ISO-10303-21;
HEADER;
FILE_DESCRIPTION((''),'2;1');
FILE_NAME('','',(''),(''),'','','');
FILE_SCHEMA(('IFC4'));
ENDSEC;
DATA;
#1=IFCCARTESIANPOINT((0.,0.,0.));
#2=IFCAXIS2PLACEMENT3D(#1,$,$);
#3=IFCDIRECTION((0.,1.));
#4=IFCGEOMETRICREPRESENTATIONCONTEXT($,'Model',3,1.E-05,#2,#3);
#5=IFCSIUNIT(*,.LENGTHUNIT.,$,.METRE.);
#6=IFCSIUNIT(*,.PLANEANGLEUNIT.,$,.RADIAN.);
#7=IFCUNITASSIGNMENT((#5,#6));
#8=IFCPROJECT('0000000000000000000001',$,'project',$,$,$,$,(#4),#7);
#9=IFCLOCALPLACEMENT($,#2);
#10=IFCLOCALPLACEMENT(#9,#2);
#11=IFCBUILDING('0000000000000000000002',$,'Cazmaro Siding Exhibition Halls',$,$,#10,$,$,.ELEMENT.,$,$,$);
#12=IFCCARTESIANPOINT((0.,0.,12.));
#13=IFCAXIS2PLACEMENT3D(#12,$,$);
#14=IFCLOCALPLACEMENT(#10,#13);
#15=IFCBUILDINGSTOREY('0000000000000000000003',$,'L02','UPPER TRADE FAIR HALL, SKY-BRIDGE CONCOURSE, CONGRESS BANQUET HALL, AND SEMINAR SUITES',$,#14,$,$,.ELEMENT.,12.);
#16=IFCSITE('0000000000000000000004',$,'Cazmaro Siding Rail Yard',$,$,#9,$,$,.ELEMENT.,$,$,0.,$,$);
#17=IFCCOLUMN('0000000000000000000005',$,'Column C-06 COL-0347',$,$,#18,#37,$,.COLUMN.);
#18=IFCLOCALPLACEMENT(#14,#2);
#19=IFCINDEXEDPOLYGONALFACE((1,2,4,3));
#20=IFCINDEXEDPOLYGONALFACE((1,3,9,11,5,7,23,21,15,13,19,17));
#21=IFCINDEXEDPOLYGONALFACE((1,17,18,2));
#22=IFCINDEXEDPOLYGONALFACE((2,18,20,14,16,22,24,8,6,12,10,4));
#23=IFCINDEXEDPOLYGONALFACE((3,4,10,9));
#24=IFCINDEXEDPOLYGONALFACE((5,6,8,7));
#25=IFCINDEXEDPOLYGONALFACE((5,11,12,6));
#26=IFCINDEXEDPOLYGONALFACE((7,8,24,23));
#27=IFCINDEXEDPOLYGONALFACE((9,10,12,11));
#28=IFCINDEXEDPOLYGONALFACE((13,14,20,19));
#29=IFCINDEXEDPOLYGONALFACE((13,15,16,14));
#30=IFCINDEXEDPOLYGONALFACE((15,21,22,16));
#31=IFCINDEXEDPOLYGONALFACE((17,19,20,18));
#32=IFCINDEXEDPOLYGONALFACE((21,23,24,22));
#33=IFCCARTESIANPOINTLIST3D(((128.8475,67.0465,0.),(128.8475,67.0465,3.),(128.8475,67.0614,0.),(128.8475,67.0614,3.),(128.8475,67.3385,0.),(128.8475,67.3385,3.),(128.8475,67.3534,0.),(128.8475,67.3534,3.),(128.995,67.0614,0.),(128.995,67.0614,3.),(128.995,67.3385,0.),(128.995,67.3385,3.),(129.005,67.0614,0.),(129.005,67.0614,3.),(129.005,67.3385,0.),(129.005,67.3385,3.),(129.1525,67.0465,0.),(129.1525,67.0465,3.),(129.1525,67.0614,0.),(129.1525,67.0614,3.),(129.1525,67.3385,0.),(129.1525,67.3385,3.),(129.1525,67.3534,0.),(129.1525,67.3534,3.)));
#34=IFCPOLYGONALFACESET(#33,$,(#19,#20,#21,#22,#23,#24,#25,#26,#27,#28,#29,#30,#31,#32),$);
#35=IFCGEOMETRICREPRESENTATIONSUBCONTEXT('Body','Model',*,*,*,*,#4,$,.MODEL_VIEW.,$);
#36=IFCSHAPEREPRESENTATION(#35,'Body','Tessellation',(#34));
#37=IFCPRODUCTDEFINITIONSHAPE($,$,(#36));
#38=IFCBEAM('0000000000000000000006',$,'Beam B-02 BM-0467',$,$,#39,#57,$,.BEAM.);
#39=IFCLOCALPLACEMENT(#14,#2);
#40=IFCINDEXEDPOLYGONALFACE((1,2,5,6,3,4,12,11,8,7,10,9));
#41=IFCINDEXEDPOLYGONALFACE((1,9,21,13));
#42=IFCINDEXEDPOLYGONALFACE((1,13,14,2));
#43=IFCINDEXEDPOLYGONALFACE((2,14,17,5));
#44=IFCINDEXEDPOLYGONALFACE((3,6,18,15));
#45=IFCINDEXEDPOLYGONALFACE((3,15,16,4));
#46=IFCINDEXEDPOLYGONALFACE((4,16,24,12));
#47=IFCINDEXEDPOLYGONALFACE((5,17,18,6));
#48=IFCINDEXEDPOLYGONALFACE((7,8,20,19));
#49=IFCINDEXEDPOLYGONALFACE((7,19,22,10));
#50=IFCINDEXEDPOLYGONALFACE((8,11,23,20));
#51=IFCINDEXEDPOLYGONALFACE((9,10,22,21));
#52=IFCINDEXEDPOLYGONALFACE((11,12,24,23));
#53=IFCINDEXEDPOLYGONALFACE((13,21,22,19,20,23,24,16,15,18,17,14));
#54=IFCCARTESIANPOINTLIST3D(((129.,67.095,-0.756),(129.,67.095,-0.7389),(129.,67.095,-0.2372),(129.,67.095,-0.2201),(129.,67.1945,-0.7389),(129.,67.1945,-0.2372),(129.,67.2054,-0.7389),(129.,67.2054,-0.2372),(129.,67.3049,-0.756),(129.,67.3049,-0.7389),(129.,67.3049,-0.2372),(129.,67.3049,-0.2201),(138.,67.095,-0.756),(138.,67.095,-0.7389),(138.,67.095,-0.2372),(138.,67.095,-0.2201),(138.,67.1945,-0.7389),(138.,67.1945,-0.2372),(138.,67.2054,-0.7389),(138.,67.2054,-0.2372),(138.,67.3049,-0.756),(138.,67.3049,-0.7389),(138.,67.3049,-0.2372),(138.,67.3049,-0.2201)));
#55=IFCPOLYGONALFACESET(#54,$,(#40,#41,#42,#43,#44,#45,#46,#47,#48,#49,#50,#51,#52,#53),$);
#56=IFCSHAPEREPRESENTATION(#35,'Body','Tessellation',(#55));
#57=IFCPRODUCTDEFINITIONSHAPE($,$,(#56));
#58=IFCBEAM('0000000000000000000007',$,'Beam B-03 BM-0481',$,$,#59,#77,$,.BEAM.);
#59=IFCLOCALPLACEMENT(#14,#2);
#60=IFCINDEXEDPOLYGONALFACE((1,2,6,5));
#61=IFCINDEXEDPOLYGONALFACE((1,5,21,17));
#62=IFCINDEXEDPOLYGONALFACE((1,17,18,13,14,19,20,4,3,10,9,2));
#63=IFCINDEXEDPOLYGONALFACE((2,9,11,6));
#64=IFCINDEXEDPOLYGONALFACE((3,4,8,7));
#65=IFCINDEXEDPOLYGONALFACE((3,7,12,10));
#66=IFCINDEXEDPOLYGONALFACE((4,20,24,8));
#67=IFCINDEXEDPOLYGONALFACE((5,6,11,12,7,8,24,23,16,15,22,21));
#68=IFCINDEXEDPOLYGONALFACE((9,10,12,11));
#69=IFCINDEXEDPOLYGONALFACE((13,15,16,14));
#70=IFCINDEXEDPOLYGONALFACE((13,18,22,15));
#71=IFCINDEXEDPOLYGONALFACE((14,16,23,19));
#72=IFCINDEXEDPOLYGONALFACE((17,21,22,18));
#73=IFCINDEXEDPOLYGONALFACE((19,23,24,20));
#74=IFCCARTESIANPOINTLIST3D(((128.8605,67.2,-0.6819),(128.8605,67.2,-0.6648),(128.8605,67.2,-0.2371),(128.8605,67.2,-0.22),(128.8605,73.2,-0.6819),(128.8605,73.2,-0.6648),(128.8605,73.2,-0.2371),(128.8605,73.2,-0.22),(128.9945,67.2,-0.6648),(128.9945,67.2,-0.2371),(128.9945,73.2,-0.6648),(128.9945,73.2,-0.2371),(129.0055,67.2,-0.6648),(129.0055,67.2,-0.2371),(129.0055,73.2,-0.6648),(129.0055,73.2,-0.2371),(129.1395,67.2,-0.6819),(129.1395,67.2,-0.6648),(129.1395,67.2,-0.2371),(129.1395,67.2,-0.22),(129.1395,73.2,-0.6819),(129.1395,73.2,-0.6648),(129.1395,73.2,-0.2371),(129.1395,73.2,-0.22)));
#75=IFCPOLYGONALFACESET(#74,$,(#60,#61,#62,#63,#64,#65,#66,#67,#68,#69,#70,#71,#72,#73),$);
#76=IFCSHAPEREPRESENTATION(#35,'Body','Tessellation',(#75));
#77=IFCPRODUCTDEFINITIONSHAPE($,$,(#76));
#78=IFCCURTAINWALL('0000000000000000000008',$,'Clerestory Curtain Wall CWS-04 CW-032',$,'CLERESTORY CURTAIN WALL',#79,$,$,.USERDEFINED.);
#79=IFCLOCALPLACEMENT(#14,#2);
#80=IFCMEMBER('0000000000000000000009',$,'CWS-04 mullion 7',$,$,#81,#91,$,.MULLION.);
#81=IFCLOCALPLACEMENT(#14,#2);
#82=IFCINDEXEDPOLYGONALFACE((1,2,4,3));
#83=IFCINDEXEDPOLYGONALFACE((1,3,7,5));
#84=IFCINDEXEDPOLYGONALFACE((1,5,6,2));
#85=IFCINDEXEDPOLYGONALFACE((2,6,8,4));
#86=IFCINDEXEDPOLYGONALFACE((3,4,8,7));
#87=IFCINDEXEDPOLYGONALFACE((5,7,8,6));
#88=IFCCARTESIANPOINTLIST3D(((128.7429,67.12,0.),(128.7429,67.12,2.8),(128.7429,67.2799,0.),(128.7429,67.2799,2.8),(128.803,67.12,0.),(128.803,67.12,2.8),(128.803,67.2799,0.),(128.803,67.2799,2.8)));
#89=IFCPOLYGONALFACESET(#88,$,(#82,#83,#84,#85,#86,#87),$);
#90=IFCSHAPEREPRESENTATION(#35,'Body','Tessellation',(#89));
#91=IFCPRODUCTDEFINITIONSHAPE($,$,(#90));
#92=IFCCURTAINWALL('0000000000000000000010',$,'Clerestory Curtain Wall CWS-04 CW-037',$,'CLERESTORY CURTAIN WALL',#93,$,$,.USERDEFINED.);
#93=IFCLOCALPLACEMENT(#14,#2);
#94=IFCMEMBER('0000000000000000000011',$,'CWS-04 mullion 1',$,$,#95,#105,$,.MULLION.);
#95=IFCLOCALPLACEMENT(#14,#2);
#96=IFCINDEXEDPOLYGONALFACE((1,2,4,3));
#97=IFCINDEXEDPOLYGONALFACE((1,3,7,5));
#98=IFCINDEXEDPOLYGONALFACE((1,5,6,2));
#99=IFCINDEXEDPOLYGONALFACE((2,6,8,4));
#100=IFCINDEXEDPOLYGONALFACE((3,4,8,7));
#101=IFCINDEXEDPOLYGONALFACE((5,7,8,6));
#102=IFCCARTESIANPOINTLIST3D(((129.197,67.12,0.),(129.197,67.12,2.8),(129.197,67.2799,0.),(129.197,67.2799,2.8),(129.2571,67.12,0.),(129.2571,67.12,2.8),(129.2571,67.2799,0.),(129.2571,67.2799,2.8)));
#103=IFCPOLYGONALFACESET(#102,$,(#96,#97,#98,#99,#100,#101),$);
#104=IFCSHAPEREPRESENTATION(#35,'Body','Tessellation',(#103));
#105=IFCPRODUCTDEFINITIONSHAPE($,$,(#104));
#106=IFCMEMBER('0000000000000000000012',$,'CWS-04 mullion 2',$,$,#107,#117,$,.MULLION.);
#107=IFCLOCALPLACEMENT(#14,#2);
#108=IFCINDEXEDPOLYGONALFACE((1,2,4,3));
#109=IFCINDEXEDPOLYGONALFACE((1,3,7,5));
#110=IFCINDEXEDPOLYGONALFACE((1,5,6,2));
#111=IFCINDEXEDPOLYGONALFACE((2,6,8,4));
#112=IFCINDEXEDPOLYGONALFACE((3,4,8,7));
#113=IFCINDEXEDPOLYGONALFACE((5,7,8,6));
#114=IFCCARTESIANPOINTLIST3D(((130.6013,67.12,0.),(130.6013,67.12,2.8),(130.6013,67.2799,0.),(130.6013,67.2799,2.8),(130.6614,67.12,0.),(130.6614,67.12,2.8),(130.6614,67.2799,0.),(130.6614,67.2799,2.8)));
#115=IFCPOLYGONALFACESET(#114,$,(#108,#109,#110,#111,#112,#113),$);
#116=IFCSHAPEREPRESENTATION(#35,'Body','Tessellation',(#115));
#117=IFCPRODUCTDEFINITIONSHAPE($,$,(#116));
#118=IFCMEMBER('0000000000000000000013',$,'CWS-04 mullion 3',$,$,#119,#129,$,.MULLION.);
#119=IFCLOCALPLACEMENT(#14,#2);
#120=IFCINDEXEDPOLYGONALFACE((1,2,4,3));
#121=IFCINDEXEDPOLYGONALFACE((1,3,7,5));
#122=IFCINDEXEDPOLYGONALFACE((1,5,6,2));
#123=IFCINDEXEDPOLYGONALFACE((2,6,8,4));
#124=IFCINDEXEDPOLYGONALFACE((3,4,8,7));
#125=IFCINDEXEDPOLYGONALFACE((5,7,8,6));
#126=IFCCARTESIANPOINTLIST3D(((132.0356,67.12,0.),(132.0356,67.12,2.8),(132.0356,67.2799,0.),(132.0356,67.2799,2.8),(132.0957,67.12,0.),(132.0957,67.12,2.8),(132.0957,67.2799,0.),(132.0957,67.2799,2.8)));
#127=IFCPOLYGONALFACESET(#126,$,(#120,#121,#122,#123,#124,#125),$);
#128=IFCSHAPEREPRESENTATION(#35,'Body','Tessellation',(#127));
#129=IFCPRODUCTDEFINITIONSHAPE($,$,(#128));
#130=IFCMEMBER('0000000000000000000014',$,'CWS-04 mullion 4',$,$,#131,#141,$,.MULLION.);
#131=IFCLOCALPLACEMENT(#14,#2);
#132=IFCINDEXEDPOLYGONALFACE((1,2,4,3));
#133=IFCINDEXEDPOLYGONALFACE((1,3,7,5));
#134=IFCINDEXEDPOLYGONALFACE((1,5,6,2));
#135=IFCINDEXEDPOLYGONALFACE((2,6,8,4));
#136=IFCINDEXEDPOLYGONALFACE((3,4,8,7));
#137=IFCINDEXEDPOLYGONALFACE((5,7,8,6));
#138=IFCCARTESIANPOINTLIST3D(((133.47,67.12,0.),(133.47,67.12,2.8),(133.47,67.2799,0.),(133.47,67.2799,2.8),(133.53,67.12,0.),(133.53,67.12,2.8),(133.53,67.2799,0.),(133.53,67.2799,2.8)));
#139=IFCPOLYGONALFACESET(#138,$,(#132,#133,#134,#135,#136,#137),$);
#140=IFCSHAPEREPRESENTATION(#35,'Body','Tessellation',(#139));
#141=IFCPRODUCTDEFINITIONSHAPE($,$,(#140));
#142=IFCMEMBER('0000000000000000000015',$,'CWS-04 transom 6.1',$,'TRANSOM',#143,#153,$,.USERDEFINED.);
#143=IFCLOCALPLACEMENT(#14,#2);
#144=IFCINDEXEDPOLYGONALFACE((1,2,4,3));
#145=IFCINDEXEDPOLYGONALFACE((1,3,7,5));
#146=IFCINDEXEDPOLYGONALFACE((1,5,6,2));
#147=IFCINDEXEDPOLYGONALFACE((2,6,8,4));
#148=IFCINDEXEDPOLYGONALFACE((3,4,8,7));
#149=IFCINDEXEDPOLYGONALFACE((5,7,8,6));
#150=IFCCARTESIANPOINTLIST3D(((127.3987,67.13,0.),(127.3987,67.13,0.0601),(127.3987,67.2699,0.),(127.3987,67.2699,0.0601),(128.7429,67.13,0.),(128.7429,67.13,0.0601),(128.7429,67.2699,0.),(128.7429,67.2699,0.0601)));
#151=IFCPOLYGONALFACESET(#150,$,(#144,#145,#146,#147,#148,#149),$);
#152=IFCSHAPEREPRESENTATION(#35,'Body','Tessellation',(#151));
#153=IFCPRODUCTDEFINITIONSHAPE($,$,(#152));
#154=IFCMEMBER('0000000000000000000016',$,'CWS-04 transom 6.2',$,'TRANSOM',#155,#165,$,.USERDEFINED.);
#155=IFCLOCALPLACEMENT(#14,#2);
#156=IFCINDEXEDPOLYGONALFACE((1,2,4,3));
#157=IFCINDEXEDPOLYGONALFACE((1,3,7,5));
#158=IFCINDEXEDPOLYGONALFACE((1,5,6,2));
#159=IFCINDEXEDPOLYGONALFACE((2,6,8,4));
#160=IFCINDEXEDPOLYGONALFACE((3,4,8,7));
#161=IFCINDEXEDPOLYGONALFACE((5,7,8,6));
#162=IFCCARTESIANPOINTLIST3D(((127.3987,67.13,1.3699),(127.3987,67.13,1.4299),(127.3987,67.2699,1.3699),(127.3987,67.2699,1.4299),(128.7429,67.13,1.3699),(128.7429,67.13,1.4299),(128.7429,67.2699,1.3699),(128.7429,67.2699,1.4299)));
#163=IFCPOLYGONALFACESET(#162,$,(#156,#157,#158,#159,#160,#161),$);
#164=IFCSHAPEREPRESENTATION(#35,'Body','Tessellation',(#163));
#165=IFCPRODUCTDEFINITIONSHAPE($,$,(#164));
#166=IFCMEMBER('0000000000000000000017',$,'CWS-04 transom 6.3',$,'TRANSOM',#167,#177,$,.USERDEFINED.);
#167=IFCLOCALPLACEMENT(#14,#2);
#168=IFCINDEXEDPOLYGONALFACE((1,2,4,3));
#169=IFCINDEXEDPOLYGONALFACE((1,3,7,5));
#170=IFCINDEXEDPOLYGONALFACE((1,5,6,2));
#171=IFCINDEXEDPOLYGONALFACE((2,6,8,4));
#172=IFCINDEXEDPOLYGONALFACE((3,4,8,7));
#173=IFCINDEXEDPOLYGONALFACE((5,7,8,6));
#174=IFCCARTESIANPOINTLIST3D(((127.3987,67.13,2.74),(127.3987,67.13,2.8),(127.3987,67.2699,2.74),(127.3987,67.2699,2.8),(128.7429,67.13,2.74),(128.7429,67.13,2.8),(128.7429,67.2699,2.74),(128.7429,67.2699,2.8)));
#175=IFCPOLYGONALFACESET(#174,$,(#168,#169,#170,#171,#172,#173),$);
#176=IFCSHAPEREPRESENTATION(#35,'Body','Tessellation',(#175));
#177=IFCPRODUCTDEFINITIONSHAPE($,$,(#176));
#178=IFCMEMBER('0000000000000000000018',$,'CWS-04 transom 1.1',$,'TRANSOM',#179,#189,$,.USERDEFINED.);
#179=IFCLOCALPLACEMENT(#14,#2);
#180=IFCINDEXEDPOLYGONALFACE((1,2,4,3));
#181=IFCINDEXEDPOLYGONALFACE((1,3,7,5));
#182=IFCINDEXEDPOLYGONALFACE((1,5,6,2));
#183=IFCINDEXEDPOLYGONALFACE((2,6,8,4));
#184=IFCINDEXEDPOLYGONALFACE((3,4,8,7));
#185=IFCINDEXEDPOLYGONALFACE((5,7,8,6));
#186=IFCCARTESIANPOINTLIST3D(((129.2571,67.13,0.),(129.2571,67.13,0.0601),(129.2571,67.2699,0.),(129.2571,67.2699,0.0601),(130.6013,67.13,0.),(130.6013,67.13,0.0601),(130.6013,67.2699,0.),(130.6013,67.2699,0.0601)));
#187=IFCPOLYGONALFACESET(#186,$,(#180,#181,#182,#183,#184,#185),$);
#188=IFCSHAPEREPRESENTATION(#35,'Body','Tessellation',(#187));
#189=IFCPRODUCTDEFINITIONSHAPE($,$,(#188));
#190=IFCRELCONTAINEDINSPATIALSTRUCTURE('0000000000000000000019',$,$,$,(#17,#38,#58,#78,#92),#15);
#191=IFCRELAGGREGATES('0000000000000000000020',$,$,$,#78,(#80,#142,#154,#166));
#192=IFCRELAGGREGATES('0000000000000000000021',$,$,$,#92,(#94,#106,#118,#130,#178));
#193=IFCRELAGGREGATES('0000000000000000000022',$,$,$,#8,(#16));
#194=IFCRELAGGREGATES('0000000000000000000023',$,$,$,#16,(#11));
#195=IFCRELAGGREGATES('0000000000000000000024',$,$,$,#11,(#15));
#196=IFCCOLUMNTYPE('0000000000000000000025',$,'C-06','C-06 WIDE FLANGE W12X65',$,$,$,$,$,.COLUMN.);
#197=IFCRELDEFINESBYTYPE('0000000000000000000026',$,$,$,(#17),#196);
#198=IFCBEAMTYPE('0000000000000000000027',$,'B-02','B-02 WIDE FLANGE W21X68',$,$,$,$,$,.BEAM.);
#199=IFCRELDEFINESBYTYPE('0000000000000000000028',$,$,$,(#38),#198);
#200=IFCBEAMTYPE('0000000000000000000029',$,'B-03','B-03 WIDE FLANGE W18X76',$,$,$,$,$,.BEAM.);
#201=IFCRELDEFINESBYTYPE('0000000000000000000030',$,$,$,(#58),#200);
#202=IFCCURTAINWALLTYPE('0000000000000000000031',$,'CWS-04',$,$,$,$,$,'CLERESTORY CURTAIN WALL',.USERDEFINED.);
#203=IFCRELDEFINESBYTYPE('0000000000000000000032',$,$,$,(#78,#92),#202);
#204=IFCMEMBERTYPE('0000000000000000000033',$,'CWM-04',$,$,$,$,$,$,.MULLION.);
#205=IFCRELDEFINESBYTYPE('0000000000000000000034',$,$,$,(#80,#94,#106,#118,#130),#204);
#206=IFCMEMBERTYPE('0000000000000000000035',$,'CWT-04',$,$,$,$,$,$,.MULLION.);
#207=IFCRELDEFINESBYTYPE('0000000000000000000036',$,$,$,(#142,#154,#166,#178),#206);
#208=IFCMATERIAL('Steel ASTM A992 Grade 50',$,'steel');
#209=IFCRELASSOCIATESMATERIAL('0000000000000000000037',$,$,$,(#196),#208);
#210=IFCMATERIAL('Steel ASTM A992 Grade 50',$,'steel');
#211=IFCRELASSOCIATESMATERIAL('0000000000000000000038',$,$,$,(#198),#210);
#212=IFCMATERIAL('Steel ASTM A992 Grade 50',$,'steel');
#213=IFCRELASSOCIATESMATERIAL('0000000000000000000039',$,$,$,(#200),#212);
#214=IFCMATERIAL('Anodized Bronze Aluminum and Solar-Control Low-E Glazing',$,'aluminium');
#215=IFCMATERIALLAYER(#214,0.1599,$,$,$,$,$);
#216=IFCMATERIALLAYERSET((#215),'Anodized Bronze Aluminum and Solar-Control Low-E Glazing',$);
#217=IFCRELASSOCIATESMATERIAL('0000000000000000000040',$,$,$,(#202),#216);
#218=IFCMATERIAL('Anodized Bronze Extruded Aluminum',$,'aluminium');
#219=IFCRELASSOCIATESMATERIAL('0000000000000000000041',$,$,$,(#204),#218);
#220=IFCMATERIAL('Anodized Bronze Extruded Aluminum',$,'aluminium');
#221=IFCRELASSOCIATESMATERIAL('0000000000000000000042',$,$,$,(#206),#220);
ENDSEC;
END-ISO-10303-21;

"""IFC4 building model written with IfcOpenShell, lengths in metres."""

from ifc_helpers import new_model, si_unit, direction, frame, origin, origin_2d, place, context, subcontext, project, spatial, rectangle, i_section, extrude, material, layer, layer_set, material_profile, profile_set, type_object, element, aggregate, save


model = new_model("IFC4")

# Units and contexts
model_context = context("Model", 3, precision=1e-05, world=origin(), true_north=direction((0.0, 1.0)))
body_context = subcontext(model_context, "Body", "Model", "MODEL_VIEW")
ifc_project = project(units=[si_unit("LENGTHUNIT", "METRE"), si_unit("PLANEANGLEUNIT", "RADIAN")], contexts=[model_context])

# Site, building, storey
site_placement = place(None, origin())
site = spatial("IfcSite", under=ifc_project, at=site_placement, Name="Cazmaro Siding Rail Yard", CompositionType="ELEMENT", RefElevation=0.0)
building_placement = place(site_placement, origin())
building = spatial("IfcBuilding", under=site, at=building_placement, Name="Cazmaro Siding Exhibition Halls", CompositionType="ELEMENT")
storey_placement = place(building_placement, frame((0.0, 0.0, 12.0)))
storey = spatial("IfcBuildingStorey", under=building, at=storey_placement, Name="L02", Description="UPPER TRADE FAIR HALL, SKY-BRIDGE CONCOURSE, CONGRESS BANQUET HALL, AND SEMINAR SUITES", CompositionType="ELEMENT", Elevation=12.0)

# Column
ifc_material_1 = material(Name="Steel ASTM A992 Grade 50", Category="steel")
ifc_material_profile_1 = material_profile(ifc_material_1, i_section(OverallWidth=0.3049, OverallDepth=0.3069, WebThickness=0.01, FlangeThickness=0.0149, at=origin_2d()), Name="W12X65")
ifc_profile_set_1 = profile_set([ifc_material_profile_1], Name="Steel ASTM A992 Grade 50")
column_type = type_object("IfcColumnType", Name="C-06", Description="C-06 WIDE FLANGE W12X65", PredefinedType="COLUMN", material=ifc_profile_set_1)
column_placement = place(storey_placement, frame((129.0, 67.2, 0.0), z_axis=(0.0, 0.0, 1.0), x_axis=(1.0, 0.0, 0.0)))
element("IfcColumn", 1, at=column_placement, inside=storey, type_object=column_type, Name="Column C-06 COL-0347", PredefinedType="COLUMN", context=body_context, shape_type="SweptSolid", body=[
    extrude(i_section(OverallWidth=0.3049, OverallDepth=0.3069, WebThickness=0.01, FlangeThickness=0.0149, at=origin_2d()), origin(), (0.0, 0.0, 1.0), 3.0),
])

# Beams
ifc_material_2 = material(Name="Steel ASTM A992 Grade 50", Category="steel")
ifc_material_profile_2 = material_profile(ifc_material_2, i_section(OverallWidth=0.21, OverallDepth=0.5359, WebThickness=0.011, FlangeThickness=0.0171, at=origin_2d()), Name="W21X68")
ifc_profile_set_2 = profile_set([ifc_material_profile_2], Name="Steel ASTM A992 Grade 50")
beam_type_1 = type_object("IfcBeamType", Name="B-02", Description="B-02 WIDE FLANGE W21X68", PredefinedType="BEAM", material=ifc_profile_set_2)
beam_1_placement = place(storey_placement, frame((129.0, 67.2, -0.488), z_axis=(1.0, 0.0, 0.0), x_axis=(0.0, 1.0, 0.0)))
element("IfcBeam", 2, at=beam_1_placement, inside=storey, type_object=beam_type_1, Name="Beam B-02 BM-0467", PredefinedType="BEAM", context=body_context, shape_type="SweptSolid", body=[
    extrude(i_section(OverallWidth=0.21, OverallDepth=0.5359, WebThickness=0.011, FlangeThickness=0.0171, at=origin_2d()), origin(), (0.0, 0.0, 1.0), 9.0),
])
ifc_material_3 = material(Name="Steel ASTM A992 Grade 50", Category="steel")
ifc_material_profile_3 = material_profile(ifc_material_3, i_section(OverallWidth=0.2791, OverallDepth=0.4619, WebThickness=0.011, FlangeThickness=0.0171, at=origin_2d()), Name="W18X76")
ifc_profile_set_3 = profile_set([ifc_material_profile_3], Name="Steel ASTM A992 Grade 50")
beam_type_2 = type_object("IfcBeamType", Name="B-03", Description="B-03 WIDE FLANGE W18X76", PredefinedType="BEAM", material=ifc_profile_set_3)
beam_2_placement = place(storey_placement, frame((129.0, 67.2, -0.4509), z_axis=(0.0, 1.0, 0.0), x_axis=(-1.0, 0.0, 0.0)))
element("IfcBeam", 3, at=beam_2_placement, inside=storey, type_object=beam_type_2, Name="Beam B-03 BM-0481", PredefinedType="BEAM", context=body_context, shape_type="SweptSolid", body=[
    extrude(i_section(OverallWidth=0.2791, OverallDepth=0.4619, WebThickness=0.011, FlangeThickness=0.0171, at=origin_2d()), origin(), (0.0, 0.0, 1.0), 6.0),
])

# Curtain wall, member
ifc_material_4 = material(Name="Anodized Bronze Aluminum and Solar-Control Low-E Glazing", Category="aluminium")
ifc_layer_1 = layer(ifc_material_4, 0.1599)
ifc_layer_set_1 = layer_set([ifc_layer_1], Name="Anodized Bronze Aluminum and Solar-Control Low-E Glazing")
curtain_wall_type = type_object("IfcCurtainWallType", Name="CWS-04", ElementType="CLERESTORY CURTAIN WALL", PredefinedType="USERDEFINED", material=ifc_layer_set_1)
curtain_wall_1_placement = place(storey_placement, origin())
curtain_wall_1 = element("IfcCurtainWall", 4, at=curtain_wall_1_placement, inside=storey, type_object=curtain_wall_type, Name="Clerestory Curtain Wall CWS-04 CW-032", ObjectType="CLERESTORY CURTAIN WALL", PredefinedType="USERDEFINED")
ifc_material_5 = material(Name="Anodized Bronze Extruded Aluminum", Category="aluminium")
ifc_material_profile_4 = material_profile(ifc_material_5, rectangle(XDim=0.1599, YDim=0.0601, at=origin_2d()), Name="CWM-04")
ifc_profile_set_4 = profile_set([ifc_material_profile_4], Name="Anodized Bronze Extruded Aluminum")
member_type_1 = type_object("IfcMemberType", Name="CWM-04", PredefinedType="MULLION", material=ifc_profile_set_4)
member_1_placement = place(storey_placement, frame((128.7729, 67.2, 0.0), z_axis=(0.0, 0.0, 1.0), x_axis=(0.0, 1.0, 0.0)))
member_1 = element("IfcMember", 5, at=member_1_placement, type_object=member_type_1, Name="CWS-04 mullion 7", PredefinedType="MULLION", context=body_context, shape_type="SweptSolid", body=[
    extrude(rectangle(XDim=0.1599, YDim=0.0601, at=origin_2d()), origin(), (0.0, 0.0, 1.0), 2.8),
])

# Curtain wall, members
curtain_wall_2_placement = place(storey_placement, origin())
curtain_wall_2 = element("IfcCurtainWall", 6, at=curtain_wall_2_placement, inside=storey, type_object=curtain_wall_type, Name="Clerestory Curtain Wall CWS-04 CW-037", ObjectType="CLERESTORY CURTAIN WALL", PredefinedType="USERDEFINED")
member_2_placement = place(storey_placement, frame((129.2271, 67.2, 0.0), z_axis=(0.0, 0.0, 1.0), x_axis=(0.0, 1.0, 0.0)))
member_2 = element("IfcMember", 7, at=member_2_placement, type_object=member_type_1, Name="CWS-04 mullion 1", PredefinedType="MULLION", context=body_context, shape_type="SweptSolid", body=[
    extrude(rectangle(XDim=0.1599, YDim=0.0601, at=origin_2d()), origin(), (0.0, 0.0, 1.0), 2.8),
])
member_3_placement = place(storey_placement, frame((130.6313, 67.2, 0.0), z_axis=(0.0, 0.0, 1.0), x_axis=(0.0, 1.0, 0.0)))
member_3 = element("IfcMember", 8, at=member_3_placement, type_object=member_type_1, Name="CWS-04 mullion 2", PredefinedType="MULLION", context=body_context, shape_type="SweptSolid", body=[
    extrude(rectangle(XDim=0.1599, YDim=0.0601, at=origin_2d()), origin(), (0.0, 0.0, 1.0), 2.8),
])
member_4_placement = place(storey_placement, frame((132.0657, 67.2, 0.0), z_axis=(0.0, 0.0, 1.0), x_axis=(0.0, 1.0, 0.0)))
member_4 = element("IfcMember", 9, at=member_4_placement, type_object=member_type_1, Name="CWS-04 mullion 3", PredefinedType="MULLION", context=body_context, shape_type="SweptSolid", body=[
    extrude(rectangle(XDim=0.1599, YDim=0.0601, at=origin_2d()), origin(), (0.0, 0.0, 1.0), 2.8),
])
member_5_placement = place(storey_placement, frame((133.5, 67.2, 0.0), z_axis=(0.0, 0.0, 1.0), x_axis=(0.0, 1.0, 0.0)))
member_5 = element("IfcMember", 10, at=member_5_placement, type_object=member_type_1, Name="CWS-04 mullion 4", PredefinedType="MULLION", context=body_context, shape_type="SweptSolid", body=[
    extrude(rectangle(XDim=0.1599, YDim=0.0601, at=origin_2d()), origin(), (0.0, 0.0, 1.0), 2.8),
])

# Members
ifc_material_6 = material(Name="Anodized Bronze Extruded Aluminum", Category="aluminium")
ifc_material_profile_5 = material_profile(ifc_material_6, rectangle(XDim=0.1399, YDim=0.0601, at=origin_2d()), Name="CWT-04")
ifc_profile_set_5 = profile_set([ifc_material_profile_5], Name="Anodized Bronze Extruded Aluminum")
member_type_2 = type_object("IfcMemberType", Name="CWT-04", PredefinedType="MULLION", material=ifc_profile_set_5)
member_6_placement = place(storey_placement, frame((127.3987, 67.2, 0.03), z_axis=(1.0, 0.0, 0.0), x_axis=(0.0, 1.0, 0.0)))
member_6 = element("IfcMember", 11, at=member_6_placement, type_object=member_type_2, Name="CWS-04 transom 6.1", ObjectType="TRANSOM", PredefinedType="USERDEFINED", context=body_context, shape_type="SweptSolid", body=[
    extrude(rectangle(XDim=0.1399, YDim=0.0601, at=origin_2d()), origin(), (0.0, 0.0, 1.0), 1.3442),
])
member_7_placement = place(storey_placement, frame((127.3987, 67.2, 1.3999), z_axis=(1.0, 0.0, 0.0), x_axis=(0.0, 1.0, 0.0)))
member_7 = element("IfcMember", 12, at=member_7_placement, type_object=member_type_2, Name="CWS-04 transom 6.2", ObjectType="TRANSOM", PredefinedType="USERDEFINED", context=body_context, shape_type="SweptSolid", body=[
    extrude(rectangle(XDim=0.1399, YDim=0.0601, at=origin_2d()), origin(), (0.0, 0.0, 1.0), 1.3442),
])
member_8_placement = place(storey_placement, frame((127.3987, 67.2, 2.77), z_axis=(1.0, 0.0, 0.0), x_axis=(0.0, 1.0, 0.0)))
member_8 = element("IfcMember", 13, at=member_8_placement, type_object=member_type_2, Name="CWS-04 transom 6.3", ObjectType="TRANSOM", PredefinedType="USERDEFINED", context=body_context, shape_type="SweptSolid", body=[
    extrude(rectangle(XDim=0.1399, YDim=0.0601, at=origin_2d()), origin(), (0.0, 0.0, 1.0), 1.3442),
])
member_9_placement = place(storey_placement, frame((129.2571, 67.2, 0.03), z_axis=(1.0, 0.0, 0.0), x_axis=(0.0, 1.0, 0.0)))
member_9 = element("IfcMember", 14, at=member_9_placement, type_object=member_type_2, Name="CWS-04 transom 1.1", ObjectType="TRANSOM", PredefinedType="USERDEFINED", context=body_context, shape_type="SweptSolid", body=[
    extrude(rectangle(XDim=0.1399, YDim=0.0601, at=origin_2d()), origin(), (0.0, 0.0, 1.0), 1.3442),
])

aggregate(curtain_wall_1, [member_1, member_6, member_7, member_8])
aggregate(curtain_wall_2, [member_2, member_3, member_4, member_5, member_9])

save(model, "model.ifc")
